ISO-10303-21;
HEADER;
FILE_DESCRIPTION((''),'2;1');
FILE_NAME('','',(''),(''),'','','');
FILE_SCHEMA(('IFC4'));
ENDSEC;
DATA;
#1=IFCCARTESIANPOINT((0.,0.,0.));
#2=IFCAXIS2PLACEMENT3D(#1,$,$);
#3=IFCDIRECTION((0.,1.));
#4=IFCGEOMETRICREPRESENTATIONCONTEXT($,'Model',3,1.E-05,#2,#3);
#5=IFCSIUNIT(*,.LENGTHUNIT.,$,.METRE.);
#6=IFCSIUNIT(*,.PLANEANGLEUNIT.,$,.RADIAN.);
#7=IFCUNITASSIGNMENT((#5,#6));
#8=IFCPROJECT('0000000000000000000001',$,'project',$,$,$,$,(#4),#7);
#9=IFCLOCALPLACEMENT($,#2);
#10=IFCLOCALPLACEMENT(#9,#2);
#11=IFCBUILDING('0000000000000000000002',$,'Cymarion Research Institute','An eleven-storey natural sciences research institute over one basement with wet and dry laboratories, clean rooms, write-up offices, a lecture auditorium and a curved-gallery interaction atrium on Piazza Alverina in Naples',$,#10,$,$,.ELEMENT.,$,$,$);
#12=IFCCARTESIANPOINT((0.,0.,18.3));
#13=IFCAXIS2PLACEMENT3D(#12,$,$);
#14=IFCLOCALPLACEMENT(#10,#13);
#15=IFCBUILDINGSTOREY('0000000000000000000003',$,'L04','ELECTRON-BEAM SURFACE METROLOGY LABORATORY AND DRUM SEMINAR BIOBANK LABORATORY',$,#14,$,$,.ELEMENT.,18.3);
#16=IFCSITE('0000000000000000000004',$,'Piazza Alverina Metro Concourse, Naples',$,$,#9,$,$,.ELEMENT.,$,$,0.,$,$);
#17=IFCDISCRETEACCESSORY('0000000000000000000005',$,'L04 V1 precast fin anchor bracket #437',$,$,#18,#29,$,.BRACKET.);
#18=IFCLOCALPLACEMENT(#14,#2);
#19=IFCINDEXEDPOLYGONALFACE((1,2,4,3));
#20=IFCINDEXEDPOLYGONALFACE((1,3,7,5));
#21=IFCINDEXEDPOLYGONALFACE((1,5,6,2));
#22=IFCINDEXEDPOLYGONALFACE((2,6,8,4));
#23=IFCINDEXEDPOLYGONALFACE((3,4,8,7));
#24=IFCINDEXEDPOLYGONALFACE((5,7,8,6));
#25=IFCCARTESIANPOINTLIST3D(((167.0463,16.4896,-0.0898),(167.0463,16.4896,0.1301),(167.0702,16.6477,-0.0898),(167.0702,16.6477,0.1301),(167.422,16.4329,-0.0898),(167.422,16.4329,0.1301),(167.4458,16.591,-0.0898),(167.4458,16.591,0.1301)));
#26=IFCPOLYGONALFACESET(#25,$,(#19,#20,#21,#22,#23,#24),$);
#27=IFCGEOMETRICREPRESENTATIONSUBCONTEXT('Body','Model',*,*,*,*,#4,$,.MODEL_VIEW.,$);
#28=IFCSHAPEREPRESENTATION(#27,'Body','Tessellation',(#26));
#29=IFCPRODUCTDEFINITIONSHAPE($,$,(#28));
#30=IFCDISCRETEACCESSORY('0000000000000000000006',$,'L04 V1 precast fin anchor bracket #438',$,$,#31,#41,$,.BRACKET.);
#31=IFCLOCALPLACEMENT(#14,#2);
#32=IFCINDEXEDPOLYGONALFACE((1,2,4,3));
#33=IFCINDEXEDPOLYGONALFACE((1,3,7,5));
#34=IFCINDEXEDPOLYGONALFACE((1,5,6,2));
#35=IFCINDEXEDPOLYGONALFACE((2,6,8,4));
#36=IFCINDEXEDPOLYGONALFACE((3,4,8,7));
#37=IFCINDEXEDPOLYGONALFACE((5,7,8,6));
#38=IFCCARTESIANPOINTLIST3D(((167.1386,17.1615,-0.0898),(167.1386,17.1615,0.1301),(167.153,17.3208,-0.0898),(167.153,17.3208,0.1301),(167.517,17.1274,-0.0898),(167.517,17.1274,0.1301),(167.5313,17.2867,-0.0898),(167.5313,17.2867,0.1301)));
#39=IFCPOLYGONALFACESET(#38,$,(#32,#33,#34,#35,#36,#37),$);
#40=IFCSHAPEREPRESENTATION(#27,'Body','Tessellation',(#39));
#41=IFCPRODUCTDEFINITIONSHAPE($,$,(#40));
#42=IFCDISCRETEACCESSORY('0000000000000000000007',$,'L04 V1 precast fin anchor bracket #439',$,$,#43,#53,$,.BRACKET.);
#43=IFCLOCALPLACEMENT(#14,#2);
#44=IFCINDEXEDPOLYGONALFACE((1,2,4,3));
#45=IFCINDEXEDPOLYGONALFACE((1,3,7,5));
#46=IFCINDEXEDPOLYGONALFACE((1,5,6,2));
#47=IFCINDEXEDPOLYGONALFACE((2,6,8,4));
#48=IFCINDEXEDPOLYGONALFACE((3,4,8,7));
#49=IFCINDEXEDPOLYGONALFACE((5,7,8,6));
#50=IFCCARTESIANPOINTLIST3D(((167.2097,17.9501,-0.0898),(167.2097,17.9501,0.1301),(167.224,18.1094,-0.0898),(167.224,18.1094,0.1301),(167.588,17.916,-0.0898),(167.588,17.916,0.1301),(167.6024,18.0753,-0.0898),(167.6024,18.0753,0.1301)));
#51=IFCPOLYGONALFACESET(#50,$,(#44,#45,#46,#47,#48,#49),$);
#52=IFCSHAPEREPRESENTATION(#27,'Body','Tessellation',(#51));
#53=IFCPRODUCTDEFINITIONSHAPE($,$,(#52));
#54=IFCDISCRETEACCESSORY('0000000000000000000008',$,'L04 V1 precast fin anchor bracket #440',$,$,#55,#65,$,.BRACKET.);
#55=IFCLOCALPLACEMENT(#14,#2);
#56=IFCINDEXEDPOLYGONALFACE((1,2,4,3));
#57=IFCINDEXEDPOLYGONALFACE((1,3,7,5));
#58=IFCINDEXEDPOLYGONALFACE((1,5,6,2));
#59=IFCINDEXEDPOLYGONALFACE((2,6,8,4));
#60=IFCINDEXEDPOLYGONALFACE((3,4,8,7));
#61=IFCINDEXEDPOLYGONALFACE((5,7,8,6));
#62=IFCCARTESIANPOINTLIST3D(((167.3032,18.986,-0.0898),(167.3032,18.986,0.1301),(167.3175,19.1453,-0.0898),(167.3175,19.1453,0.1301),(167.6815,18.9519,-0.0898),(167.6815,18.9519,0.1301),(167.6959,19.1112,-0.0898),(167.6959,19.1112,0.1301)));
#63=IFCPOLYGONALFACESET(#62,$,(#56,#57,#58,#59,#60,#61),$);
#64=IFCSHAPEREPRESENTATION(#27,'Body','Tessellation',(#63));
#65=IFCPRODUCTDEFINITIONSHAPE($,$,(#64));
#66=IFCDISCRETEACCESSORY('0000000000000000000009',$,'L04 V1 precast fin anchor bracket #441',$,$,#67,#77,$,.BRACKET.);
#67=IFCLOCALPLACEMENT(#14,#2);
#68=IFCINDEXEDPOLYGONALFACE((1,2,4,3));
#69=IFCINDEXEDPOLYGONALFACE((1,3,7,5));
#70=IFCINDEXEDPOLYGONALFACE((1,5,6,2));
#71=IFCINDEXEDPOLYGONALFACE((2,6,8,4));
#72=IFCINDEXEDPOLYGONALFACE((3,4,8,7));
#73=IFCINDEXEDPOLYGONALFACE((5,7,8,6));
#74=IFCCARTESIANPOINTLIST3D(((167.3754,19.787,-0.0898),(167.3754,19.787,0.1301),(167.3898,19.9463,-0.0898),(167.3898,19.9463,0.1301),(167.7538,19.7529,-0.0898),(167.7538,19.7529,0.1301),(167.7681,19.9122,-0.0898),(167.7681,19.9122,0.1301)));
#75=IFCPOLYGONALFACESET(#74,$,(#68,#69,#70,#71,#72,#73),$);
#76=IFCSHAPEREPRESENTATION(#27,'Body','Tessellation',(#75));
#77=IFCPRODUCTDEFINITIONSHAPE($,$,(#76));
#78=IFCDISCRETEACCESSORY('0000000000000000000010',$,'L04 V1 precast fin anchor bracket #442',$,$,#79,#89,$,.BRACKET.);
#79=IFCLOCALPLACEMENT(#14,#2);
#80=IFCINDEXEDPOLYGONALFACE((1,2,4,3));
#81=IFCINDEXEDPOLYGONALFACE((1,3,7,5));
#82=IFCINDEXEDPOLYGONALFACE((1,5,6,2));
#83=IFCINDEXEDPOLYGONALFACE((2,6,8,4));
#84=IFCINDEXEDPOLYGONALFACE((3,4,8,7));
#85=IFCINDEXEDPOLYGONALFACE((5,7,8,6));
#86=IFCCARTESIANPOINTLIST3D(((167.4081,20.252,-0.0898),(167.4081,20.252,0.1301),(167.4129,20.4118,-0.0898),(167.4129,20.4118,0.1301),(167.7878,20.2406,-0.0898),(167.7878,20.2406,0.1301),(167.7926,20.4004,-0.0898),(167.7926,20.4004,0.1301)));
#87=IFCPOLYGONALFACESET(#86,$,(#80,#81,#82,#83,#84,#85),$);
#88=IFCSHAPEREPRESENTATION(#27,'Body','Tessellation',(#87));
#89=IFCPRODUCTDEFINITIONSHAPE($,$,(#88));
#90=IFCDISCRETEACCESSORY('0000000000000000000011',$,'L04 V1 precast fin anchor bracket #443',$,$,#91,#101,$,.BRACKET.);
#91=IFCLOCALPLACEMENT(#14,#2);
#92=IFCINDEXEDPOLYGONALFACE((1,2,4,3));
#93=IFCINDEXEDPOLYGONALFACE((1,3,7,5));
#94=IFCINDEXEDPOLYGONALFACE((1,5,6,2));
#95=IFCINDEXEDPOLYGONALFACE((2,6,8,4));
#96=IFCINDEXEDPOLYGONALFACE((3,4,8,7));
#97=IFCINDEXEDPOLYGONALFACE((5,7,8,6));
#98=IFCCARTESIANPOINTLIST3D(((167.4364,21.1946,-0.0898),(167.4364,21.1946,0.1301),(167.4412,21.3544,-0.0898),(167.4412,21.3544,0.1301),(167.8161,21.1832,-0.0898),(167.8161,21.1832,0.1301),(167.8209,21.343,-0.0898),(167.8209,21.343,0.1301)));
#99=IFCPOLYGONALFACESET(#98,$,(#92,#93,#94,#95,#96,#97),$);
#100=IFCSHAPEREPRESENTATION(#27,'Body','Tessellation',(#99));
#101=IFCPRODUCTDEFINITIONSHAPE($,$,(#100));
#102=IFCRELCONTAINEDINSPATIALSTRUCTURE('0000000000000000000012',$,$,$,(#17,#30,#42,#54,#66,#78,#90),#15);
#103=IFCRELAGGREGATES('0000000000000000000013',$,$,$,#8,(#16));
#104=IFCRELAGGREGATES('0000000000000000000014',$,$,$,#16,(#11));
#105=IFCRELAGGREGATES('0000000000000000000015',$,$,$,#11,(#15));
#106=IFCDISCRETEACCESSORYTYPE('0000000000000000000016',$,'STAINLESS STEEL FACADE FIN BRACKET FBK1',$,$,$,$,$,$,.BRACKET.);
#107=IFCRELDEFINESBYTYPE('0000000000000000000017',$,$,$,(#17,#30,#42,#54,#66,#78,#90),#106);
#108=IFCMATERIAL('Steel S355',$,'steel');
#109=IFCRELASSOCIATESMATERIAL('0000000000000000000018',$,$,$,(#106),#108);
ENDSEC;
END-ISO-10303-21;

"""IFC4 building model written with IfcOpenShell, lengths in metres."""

from ifc_helpers import new_model, si_unit, direction, frame, origin, origin_2d, place, context, subcontext, project, spatial, rectangle, extrude, material, type_object, element, save


model = new_model("IFC4")

# Units and contexts
model_context = context("Model", 3, precision=1e-05, world=origin(), true_north=direction((0.0, 1.0)))
body_context = subcontext(model_context, "Body", "Model", "MODEL_VIEW")
ifc_project = project(units=[si_unit("LENGTHUNIT", "METRE"), si_unit("PLANEANGLEUNIT", "RADIAN")], contexts=[model_context])

# Site, building, storey
site_placement = place(None, origin())
site = spatial("IfcSite", under=ifc_project, at=site_placement, Name="Piazza Alverina Metro Concourse, Naples", CompositionType="ELEMENT", RefElevation=0.0)
building_placement = place(site_placement, origin())
building = spatial("IfcBuilding", under=site, at=building_placement, Name="Cymarion Research Institute", Description="An eleven-storey natural sciences research institute over one basement with wet and dry laboratories, clean rooms, write-up offices, a lecture auditorium and a curved-gallery interaction atrium on Piazza Alverina in Naples", CompositionType="ELEMENT")
storey_placement = place(building_placement, frame((0.0, 0.0, 18.3)))
storey = spatial("IfcBuildingStorey", under=building, at=storey_placement, Name="L04", Description="ELECTRON-BEAM SURFACE METROLOGY LABORATORY AND DRUM SEMINAR BIOBANK LABORATORY", CompositionType="ELEMENT", Elevation=18.3)

# Shared definitions
ifc_material_1 = material(Name="Steel S355", Category="steel")

# Discrete accessories
discrete_accessory_type = type_object("IfcDiscreteAccessoryType", Name="STAINLESS STEEL FACADE FIN BRACKET FBK1", PredefinedType="BRACKET", material=ifc_material_1)
for number, where, z_axis, x_axis, name in (
    (1, (167.2461, 16.5403, -0.0898), (0.0, 0.0, 1.0), (0.988782, -0.149363, 0.0), "L04 V1 precast fin anchor bracket #437"),
    (2, (167.335, 17.2241, -0.0898), (0.0, 0.0, 1.0), (0.995963, -0.089763, 0.0), "L04 V1 precast fin anchor bracket #438"),
    (3, (167.406, 18.0127, -0.0898), (0.0, 0.0, 1.0), (0.995963, -0.089763, 0.0), "L04 V1 precast fin anchor bracket #439"),
    (4, (167.4995, 19.0486, -0.0898), (0.0, 0.0, 1.0), (0.995963, -0.089763, 0.0), "L04 V1 precast fin anchor bracket #440"),
    (5, (167.5718, 19.8496, -0.0898), (0.0, 0.0, 1.0), (0.995963, -0.089763, 0.0), "L04 V1 precast fin anchor bracket #441"),
    (6, (167.6003, 20.3262, -0.0898), (0.0, 0.0, 1.0), (0.999549, -0.030015, 0.0), "L04 V1 precast fin anchor bracket #442"),
    (7, (167.6287, 21.2688, -0.0898), (0.0, 0.0, 1.0), (0.999549, -0.030015, 0.0), "L04 V1 precast fin anchor bracket #443"),
):
    element("IfcDiscreteAccessory", number, at=place(storey_placement, frame(where, z_axis=z_axis, x_axis=x_axis)), inside=storey, type_object=discrete_accessory_type, Name=name, PredefinedType="BRACKET", context=body_context, shape_type="SweptSolid", body=[
        extrude(rectangle(XDim=0.3799, YDim=0.1599, at=origin_2d()), origin(), (0.0, 0.0, 1.0), 0.22),
    ])

save(model, "model.ifc")
